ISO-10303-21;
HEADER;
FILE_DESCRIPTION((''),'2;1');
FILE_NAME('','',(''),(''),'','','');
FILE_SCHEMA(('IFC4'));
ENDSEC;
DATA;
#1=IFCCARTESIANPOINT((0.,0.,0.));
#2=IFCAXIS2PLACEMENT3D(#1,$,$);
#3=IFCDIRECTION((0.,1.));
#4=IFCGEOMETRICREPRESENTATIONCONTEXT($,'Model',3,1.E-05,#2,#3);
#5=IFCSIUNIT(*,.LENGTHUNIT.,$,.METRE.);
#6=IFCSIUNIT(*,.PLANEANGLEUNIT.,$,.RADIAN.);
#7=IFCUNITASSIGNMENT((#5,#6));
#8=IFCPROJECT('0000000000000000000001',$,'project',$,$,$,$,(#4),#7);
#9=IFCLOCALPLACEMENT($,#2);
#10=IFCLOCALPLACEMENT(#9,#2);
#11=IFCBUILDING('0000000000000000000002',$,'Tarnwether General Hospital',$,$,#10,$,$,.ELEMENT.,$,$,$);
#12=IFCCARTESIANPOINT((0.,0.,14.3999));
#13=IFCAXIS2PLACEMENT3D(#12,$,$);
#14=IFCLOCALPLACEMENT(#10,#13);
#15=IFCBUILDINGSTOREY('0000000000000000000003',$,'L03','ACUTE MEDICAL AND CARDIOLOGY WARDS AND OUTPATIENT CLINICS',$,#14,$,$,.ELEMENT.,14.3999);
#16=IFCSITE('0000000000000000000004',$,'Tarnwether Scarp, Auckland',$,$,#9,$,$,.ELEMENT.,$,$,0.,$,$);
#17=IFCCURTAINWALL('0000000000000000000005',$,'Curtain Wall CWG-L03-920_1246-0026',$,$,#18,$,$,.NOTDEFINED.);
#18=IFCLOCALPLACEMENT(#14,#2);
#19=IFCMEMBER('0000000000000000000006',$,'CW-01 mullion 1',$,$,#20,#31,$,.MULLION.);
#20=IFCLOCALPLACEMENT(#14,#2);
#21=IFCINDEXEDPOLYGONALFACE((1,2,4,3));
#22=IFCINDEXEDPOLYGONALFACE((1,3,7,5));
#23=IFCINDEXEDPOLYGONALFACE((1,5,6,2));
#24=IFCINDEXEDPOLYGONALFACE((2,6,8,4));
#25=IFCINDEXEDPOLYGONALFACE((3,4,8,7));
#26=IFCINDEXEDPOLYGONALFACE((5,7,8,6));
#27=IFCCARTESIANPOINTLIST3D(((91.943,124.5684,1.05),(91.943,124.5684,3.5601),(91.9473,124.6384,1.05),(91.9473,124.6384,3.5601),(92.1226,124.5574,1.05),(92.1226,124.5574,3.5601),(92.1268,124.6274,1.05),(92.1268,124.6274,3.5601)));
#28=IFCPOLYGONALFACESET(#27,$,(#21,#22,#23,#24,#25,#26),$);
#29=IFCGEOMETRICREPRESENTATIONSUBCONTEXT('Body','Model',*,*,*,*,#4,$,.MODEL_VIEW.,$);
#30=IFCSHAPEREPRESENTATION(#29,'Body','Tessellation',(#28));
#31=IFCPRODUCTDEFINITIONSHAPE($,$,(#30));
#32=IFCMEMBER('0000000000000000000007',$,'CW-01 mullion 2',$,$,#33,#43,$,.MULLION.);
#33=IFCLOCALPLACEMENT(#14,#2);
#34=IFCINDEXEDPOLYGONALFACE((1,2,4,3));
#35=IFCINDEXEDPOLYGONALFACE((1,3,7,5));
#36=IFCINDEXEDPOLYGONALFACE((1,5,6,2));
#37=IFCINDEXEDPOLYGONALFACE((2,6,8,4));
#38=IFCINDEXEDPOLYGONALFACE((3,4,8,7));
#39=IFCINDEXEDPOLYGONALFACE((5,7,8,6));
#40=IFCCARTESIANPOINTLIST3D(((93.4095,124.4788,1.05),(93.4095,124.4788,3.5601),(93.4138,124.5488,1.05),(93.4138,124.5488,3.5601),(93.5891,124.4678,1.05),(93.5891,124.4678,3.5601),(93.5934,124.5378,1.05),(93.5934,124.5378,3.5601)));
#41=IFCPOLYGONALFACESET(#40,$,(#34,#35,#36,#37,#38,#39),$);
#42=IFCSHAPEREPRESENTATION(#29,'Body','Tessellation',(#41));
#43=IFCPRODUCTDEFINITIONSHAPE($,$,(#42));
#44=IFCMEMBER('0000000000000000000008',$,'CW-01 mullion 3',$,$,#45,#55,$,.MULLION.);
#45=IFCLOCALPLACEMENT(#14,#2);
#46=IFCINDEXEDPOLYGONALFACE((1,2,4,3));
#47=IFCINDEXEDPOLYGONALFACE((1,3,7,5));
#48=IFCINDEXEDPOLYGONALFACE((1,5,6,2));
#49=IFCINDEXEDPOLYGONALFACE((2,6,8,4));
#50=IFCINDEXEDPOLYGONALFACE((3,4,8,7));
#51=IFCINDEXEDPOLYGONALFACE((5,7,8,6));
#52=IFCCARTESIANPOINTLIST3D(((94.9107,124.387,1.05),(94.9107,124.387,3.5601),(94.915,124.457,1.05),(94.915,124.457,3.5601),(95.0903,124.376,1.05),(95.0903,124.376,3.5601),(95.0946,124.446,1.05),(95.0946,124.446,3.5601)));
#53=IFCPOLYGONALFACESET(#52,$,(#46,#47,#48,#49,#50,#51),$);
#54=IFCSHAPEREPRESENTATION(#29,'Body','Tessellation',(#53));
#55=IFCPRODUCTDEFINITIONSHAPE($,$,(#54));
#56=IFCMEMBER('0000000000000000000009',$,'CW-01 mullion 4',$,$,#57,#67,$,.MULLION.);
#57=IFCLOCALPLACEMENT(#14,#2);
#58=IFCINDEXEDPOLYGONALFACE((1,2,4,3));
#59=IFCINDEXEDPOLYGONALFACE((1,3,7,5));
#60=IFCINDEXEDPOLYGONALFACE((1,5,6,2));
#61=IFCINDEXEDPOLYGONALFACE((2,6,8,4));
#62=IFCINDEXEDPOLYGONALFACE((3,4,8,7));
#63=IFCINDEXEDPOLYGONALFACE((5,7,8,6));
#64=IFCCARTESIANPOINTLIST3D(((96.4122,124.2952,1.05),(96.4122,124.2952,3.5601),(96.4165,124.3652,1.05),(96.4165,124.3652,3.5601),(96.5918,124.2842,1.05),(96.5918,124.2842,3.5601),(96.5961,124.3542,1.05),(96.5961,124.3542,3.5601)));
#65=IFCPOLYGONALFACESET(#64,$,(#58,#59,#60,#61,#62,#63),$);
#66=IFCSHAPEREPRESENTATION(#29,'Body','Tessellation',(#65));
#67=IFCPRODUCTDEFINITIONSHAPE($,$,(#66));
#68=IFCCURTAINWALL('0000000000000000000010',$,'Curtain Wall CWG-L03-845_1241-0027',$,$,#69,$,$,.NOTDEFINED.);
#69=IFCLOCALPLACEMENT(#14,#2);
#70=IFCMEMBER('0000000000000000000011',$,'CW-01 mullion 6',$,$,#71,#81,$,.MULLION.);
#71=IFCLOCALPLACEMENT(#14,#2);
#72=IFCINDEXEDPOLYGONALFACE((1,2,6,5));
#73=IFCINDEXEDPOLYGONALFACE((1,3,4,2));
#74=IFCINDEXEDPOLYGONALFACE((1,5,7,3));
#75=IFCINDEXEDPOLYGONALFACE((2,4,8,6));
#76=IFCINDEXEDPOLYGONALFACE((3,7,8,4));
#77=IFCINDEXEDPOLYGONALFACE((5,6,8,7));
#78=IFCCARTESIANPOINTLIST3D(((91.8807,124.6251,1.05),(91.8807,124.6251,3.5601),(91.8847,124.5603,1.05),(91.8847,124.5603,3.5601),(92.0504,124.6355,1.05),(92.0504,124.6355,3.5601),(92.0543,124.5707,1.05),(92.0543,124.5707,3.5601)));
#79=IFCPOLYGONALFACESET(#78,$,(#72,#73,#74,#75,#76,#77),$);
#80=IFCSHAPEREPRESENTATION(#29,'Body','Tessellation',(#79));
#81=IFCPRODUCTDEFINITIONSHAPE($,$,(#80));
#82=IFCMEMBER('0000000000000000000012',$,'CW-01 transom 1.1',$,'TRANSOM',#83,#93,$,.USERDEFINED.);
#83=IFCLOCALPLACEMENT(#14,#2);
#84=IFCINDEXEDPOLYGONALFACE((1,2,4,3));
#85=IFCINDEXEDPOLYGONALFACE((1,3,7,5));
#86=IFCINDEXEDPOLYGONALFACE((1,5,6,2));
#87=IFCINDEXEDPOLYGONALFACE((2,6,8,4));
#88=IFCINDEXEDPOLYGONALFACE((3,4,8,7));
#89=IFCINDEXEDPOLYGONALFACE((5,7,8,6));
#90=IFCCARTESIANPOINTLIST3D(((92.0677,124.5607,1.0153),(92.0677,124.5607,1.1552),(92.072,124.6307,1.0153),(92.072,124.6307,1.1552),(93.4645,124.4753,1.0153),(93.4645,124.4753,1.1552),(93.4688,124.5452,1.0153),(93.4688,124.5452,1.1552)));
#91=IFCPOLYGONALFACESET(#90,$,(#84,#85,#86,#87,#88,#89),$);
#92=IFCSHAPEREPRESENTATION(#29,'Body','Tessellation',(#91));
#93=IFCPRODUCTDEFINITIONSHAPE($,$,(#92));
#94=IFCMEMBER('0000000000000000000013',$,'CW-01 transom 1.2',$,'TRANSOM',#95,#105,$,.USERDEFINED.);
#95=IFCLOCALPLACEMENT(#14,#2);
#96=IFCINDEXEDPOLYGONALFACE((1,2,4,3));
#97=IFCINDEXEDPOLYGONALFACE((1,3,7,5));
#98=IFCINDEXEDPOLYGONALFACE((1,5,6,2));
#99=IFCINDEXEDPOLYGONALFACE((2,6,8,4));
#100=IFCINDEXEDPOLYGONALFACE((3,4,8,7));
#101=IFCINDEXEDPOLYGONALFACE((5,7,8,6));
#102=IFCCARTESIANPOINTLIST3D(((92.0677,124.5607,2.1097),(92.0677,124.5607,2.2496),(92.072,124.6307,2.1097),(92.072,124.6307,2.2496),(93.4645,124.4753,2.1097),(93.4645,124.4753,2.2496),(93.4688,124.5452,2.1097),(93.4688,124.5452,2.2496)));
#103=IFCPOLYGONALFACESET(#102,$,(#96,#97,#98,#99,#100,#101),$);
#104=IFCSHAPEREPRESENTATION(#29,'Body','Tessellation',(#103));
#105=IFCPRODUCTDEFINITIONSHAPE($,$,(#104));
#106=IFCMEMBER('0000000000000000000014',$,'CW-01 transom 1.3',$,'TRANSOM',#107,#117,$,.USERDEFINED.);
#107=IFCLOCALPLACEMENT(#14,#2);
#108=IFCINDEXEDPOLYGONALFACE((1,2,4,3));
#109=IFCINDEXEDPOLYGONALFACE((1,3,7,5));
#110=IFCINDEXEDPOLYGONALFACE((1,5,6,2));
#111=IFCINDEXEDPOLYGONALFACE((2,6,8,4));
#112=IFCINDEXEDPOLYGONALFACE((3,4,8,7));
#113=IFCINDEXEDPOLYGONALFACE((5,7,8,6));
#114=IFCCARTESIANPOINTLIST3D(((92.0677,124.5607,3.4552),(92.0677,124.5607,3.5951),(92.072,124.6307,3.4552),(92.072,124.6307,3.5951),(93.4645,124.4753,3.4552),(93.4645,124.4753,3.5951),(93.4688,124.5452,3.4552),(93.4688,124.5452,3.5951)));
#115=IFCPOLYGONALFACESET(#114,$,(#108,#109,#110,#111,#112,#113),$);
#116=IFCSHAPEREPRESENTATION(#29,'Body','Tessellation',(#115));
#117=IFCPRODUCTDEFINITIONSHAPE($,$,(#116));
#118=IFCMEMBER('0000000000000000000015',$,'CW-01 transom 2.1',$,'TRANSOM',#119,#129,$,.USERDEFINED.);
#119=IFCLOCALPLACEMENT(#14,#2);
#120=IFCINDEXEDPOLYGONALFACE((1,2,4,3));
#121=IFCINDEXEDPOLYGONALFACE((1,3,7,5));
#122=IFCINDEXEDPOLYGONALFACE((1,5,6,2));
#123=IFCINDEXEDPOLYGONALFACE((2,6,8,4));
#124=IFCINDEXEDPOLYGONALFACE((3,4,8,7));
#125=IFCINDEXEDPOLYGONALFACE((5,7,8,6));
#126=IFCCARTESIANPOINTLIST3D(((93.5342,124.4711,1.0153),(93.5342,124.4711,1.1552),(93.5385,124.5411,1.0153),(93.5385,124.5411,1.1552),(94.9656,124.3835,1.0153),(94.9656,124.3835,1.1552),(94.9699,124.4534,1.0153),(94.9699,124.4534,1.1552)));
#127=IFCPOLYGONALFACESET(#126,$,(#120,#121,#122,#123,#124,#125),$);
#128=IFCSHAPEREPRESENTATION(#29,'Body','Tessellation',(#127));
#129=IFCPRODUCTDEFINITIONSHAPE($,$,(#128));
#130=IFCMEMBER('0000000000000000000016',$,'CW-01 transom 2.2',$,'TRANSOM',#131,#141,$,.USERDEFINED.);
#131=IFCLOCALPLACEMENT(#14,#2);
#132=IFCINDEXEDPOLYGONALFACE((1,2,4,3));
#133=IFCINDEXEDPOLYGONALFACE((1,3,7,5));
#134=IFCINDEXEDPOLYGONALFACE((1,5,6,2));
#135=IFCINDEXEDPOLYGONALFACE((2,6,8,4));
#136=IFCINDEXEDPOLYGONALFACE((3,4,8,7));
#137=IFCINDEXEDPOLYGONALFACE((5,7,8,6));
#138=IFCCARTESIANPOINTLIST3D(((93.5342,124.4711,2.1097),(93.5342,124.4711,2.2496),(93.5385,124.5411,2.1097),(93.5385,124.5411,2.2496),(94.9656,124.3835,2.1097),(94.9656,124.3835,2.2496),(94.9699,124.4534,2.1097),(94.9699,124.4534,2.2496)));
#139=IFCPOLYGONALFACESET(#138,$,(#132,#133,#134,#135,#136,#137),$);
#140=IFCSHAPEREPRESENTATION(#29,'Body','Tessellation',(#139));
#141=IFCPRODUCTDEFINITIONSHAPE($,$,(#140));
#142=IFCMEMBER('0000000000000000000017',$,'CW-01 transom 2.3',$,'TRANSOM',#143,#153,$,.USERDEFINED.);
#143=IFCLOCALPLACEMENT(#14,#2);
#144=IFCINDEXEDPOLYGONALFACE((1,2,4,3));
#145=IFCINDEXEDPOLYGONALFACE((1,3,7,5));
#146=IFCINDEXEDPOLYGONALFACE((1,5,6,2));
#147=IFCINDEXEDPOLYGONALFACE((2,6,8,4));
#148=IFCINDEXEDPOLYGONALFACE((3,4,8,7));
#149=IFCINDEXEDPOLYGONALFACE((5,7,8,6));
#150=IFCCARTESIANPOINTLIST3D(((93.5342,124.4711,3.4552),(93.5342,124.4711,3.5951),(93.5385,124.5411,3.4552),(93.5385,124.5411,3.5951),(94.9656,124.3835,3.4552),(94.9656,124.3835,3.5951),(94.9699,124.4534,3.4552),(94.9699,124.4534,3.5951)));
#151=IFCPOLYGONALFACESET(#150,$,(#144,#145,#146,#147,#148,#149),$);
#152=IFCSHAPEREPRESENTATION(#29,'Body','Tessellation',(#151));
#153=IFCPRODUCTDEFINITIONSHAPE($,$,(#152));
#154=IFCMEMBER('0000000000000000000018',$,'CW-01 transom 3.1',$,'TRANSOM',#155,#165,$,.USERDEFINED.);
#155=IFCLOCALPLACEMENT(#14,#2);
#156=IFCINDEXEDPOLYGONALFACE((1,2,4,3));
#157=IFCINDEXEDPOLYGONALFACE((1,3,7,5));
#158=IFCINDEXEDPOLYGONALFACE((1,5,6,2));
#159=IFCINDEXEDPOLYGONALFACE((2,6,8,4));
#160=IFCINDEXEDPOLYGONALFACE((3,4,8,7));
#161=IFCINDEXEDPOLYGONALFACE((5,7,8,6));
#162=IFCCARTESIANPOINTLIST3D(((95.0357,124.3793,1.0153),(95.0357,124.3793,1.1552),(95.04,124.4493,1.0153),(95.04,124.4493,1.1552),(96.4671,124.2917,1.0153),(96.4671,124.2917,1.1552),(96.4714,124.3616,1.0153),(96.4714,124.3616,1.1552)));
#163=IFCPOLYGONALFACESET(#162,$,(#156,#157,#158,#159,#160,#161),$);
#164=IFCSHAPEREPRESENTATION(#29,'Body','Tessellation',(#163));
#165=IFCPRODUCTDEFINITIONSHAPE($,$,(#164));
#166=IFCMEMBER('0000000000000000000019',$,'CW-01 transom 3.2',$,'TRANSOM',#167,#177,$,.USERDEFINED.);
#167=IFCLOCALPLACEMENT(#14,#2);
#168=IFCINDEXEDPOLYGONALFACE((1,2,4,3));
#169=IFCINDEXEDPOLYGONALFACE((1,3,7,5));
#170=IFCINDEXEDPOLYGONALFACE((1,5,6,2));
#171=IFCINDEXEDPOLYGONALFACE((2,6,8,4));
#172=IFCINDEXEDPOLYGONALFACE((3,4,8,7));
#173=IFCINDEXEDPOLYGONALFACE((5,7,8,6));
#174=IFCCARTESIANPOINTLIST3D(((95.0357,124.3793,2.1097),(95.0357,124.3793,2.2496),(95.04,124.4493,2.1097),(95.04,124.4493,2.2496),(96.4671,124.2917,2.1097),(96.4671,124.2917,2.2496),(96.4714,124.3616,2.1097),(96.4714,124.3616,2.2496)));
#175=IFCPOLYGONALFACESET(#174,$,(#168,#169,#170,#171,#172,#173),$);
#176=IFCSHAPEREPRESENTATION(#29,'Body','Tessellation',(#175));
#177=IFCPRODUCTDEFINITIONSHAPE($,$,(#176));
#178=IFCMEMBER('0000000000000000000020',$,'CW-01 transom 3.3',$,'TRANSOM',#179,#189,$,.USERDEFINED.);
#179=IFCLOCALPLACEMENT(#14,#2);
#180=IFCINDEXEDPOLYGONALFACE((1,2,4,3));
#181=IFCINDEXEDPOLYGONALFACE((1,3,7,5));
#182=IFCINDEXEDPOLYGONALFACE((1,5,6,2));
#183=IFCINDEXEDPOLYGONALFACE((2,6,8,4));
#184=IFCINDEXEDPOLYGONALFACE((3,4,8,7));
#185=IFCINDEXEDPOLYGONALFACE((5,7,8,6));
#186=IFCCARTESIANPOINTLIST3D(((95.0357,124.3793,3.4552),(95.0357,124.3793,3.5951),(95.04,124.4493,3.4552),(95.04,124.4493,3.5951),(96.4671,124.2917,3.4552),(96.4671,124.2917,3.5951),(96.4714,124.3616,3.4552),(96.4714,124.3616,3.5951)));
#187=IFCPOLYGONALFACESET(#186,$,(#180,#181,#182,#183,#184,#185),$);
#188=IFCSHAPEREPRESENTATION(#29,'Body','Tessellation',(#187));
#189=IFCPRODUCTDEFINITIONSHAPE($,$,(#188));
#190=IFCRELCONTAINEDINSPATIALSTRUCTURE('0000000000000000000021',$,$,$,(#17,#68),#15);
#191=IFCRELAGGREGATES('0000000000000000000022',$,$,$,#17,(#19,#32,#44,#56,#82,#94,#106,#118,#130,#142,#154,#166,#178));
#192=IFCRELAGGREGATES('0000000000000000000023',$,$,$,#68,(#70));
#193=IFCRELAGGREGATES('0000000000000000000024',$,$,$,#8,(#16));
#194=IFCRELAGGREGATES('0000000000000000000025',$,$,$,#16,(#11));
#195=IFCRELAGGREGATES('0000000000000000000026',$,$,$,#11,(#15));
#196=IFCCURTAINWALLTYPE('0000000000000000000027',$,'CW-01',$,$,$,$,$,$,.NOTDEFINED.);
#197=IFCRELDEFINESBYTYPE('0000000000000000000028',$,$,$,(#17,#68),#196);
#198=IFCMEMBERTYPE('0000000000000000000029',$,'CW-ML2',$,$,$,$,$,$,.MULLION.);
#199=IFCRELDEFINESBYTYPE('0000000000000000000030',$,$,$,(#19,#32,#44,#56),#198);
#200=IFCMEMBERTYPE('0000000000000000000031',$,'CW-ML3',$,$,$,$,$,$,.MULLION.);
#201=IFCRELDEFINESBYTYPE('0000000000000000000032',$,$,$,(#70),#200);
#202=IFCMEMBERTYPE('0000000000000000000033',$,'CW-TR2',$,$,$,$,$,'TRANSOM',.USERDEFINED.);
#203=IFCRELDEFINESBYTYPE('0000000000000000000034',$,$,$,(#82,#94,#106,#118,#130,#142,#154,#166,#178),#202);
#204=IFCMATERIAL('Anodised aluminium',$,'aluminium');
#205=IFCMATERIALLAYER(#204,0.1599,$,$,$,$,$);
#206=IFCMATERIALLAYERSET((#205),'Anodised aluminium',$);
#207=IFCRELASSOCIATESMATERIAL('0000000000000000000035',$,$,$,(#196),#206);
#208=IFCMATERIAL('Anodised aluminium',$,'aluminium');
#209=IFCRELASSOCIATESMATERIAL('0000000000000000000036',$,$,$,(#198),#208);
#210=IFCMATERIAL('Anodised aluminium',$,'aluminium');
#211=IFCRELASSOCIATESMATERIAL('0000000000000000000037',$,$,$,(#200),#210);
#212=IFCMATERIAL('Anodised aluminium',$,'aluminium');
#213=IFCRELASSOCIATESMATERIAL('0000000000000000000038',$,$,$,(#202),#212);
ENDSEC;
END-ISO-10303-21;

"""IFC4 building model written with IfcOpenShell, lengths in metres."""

from ifc_helpers import new_model, si_unit, direction, frame, origin, origin_2d, place, context, subcontext, project, spatial, rectangle, extrude, material, layer, layer_set, material_profile, profile_set, type_object, element, aggregate, save


model = new_model("IFC4")

# Units and contexts
model_context = context("Model", 3, precision=1e-05, world=origin(), true_north=direction((0.0, 1.0)))
body_context = subcontext(model_context, "Body", "Model", "MODEL_VIEW")
ifc_project = project(units=[si_unit("LENGTHUNIT", "METRE"), si_unit("PLANEANGLEUNIT", "RADIAN")], contexts=[model_context])

# Site, building, storey
site_placement = place(None, origin())
site = spatial("IfcSite", under=ifc_project, at=site_placement, Name="Tarnwether Scarp, Auckland", CompositionType="ELEMENT", RefElevation=0.0)
building_placement = place(site_placement, origin())
building = spatial("IfcBuilding", under=site, at=building_placement, Name="Tarnwether General Hospital", CompositionType="ELEMENT")
storey_placement = place(building_placement, frame((0.0, 0.0, 14.3999)))
storey = spatial("IfcBuildingStorey", under=building, at=storey_placement, Name="L03", Description="ACUTE MEDICAL AND CARDIOLOGY WARDS AND OUTPATIENT CLINICS", CompositionType="ELEMENT", Elevation=14.3999)

# Curtain wall, members
ifc_material_1 = material(Name="Anodised aluminium", Category="aluminium")
ifc_layer_1 = layer(ifc_material_1, 0.1599)
ifc_layer_set_1 = layer_set([ifc_layer_1], Name="Anodised aluminium")
curtain_wall_type = type_object("IfcCurtainWallType", Name="CW-01", PredefinedType="NOTDEFINED", material=ifc_layer_set_1)
curtain_wall_1_placement = place(storey_placement, origin())
curtain_wall_1 = element("IfcCurtainWall", 1, at=curtain_wall_1_placement, inside=storey, type_object=curtain_wall_type, Name="Curtain Wall CWG-L03-920_1246-0026", PredefinedType="NOTDEFINED")
ifc_material_2 = material(Name="Anodised aluminium", Category="aluminium")
ifc_material_profile_1 = material_profile(ifc_material_2, rectangle(XDim=0.0701, YDim=0.1799, at=origin_2d()), Name="ALU-MUL-70x180")
ifc_profile_set_1 = profile_set([ifc_material_profile_1], Name="Anodised aluminium")
member_type_1 = type_object("IfcMemberType", Name="CW-ML2", PredefinedType="MULLION", material=ifc_profile_set_1)
member_1_placement = place(storey_placement, frame((92.0349, 124.5979, 1.05), z_axis=(0.0, 0.0, 1.0), x_axis=(0.061029, 0.998136, 0.0)))
member_1 = element("IfcMember", 2, at=member_1_placement, type_object=member_type_1, Name="CW-01 mullion 1", PredefinedType="MULLION", context=body_context, shape_type="SweptSolid", body=[
    extrude(rectangle(XDim=0.0701, YDim=0.1799, at=origin_2d()), origin(), (0.0, 0.0, 1.0), 2.51),
])
member_2_placement = place(storey_placement, frame((93.5015, 124.5083, 1.05), z_axis=(0.0, 0.0, 1.0), x_axis=(0.061029, 0.998136, 0.0)))
member_2 = element("IfcMember", 3, at=member_2_placement, type_object=member_type_1, Name="CW-01 mullion 2", PredefinedType="MULLION", context=body_context, shape_type="SweptSolid", body=[
    extrude(rectangle(XDim=0.0701, YDim=0.1799, at=origin_2d()), origin(), (0.0, 0.0, 1.0), 2.51),
])
member_3_placement = place(storey_placement, frame((95.0027, 124.4165, 1.05), z_axis=(0.0, 0.0, 1.0), x_axis=(0.061029, 0.998136, 0.0)))
member_3 = element("IfcMember", 4, at=member_3_placement, type_object=member_type_1, Name="CW-01 mullion 3", PredefinedType="MULLION", context=body_context, shape_type="SweptSolid", body=[
    extrude(rectangle(XDim=0.0701, YDim=0.1799, at=origin_2d()), origin(), (0.0, 0.0, 1.0), 2.51),
])
member_4_placement = place(storey_placement, frame((96.5042, 124.3247, 1.05), z_axis=(0.0, 0.0, 1.0), x_axis=(0.061029, 0.998136, 0.0)))
member_4 = element("IfcMember", 5, at=member_4_placement, type_object=member_type_1, Name="CW-01 mullion 4", PredefinedType="MULLION", context=body_context, shape_type="SweptSolid", body=[
    extrude(rectangle(XDim=0.0701, YDim=0.1799, at=origin_2d()), origin(), (0.0, 0.0, 1.0), 2.51),
])

# Curtain wall, member
curtain_wall_2_placement = place(storey_placement, origin())
curtain_wall_2 = element("IfcCurtainWall", 6, at=curtain_wall_2_placement, inside=storey, type_object=curtain_wall_type, Name="Curtain Wall CWG-L03-845_1241-0027", PredefinedType="NOTDEFINED")
ifc_material_3 = material(Name="Anodised aluminium", Category="aluminium")
ifc_material_profile_2 = material_profile(ifc_material_3, rectangle(XDim=0.0649, YDim=0.1699, at=origin_2d()), Name="ALU-MUL-65x170")
ifc_profile_set_2 = profile_set([ifc_material_profile_2], Name="Anodised aluminium")
member_type_2 = type_object("IfcMemberType", Name="CW-ML3", PredefinedType="MULLION", material=ifc_profile_set_2)
member_5_placement = place(storey_placement, frame((91.9675, 124.5979, 1.05), z_axis=(0.0, 0.0, 1.0), x_axis=(-0.061029, 0.998136, 0.0)))
member_5 = element("IfcMember", 7, at=member_5_placement, type_object=member_type_2, Name="CW-01 mullion 6", PredefinedType="MULLION", context=body_context, shape_type="SweptSolid", body=[
    extrude(rectangle(XDim=0.0649, YDim=0.1699, at=origin_2d()), origin(), (0.0, 0.0, 1.0), 2.51),
])

# Members
ifc_material_4 = material(Name="Anodised aluminium", Category="aluminium")
ifc_material_profile_3 = material_profile(ifc_material_4, rectangle(XDim=0.0701, YDim=0.1399, at=origin_2d()), Name="ALU-TRN-70x140")
ifc_profile_set_3 = profile_set([ifc_material_profile_3], Name="Anodised aluminium")
member_type_3 = type_object("IfcMemberType", Name="CW-TR2", ElementType="TRANSOM", PredefinedType="USERDEFINED", material=ifc_profile_set_3)
member_6_placement = place(storey_placement, frame((92.0698, 124.5957, 1.0852), z_axis=(0.998134, -0.061064, 0.0), x_axis=(0.061064, 0.998134, 0.0)))
member_6 = element("IfcMember", 8, at=member_6_placement, type_object=member_type_3, Name="CW-01 transom 1.1", ObjectType="TRANSOM", PredefinedType="USERDEFINED", context=body_context, shape_type="SweptSolid", body=[
    extrude(rectangle(XDim=0.0701, YDim=0.1399, at=origin_2d()), origin(), (0.0, 0.0, 1.0), 1.3994),
])
member_7_placement = place(storey_placement, frame((92.0698, 124.5957, 2.1797), z_axis=(0.998134, -0.061064, 0.0), x_axis=(0.061064, 0.998134, 0.0)))
member_7 = element("IfcMember", 9, at=member_7_placement, type_object=member_type_3, Name="CW-01 transom 1.2", ObjectType="TRANSOM", PredefinedType="USERDEFINED", context=body_context, shape_type="SweptSolid", body=[
    extrude(rectangle(XDim=0.0701, YDim=0.1399, at=origin_2d()), origin(), (0.0, 0.0, 1.0), 1.3994),
])
member_8_placement = place(storey_placement, frame((92.0698, 124.5957, 3.5251), z_axis=(0.998134, -0.061064, 0.0), x_axis=(0.061064, 0.998134, 0.0)))
member_8 = element("IfcMember", 10, at=member_8_placement, type_object=member_type_3, Name="CW-01 transom 1.3", ObjectType="TRANSOM", PredefinedType="USERDEFINED", context=body_context, shape_type="SweptSolid", body=[
    extrude(rectangle(XDim=0.0701, YDim=0.1399, at=origin_2d()), origin(), (0.0, 0.0, 1.0), 1.3994),
])
member_9_placement = place(storey_placement, frame((93.5364, 124.5061, 1.0852), z_axis=(0.998131, -0.061117, 0.0), x_axis=(0.061117, 0.998131, 0.0)))
member_9 = element("IfcMember", 11, at=member_9_placement, type_object=member_type_3, Name="CW-01 transom 2.1", ObjectType="TRANSOM", PredefinedType="USERDEFINED", context=body_context, shape_type="SweptSolid", body=[
    extrude(rectangle(XDim=0.0701, YDim=0.1399, at=origin_2d()), origin(), (0.0, 0.0, 1.0), 1.4341),
])
member_10_placement = place(storey_placement, frame((93.5364, 124.5061, 2.1797), z_axis=(0.998131, -0.061117, 0.0), x_axis=(0.061117, 0.998131, 0.0)))
member_10 = element("IfcMember", 12, at=member_10_placement, type_object=member_type_3, Name="CW-01 transom 2.2", ObjectType="TRANSOM", PredefinedType="USERDEFINED", context=body_context, shape_type="SweptSolid", body=[
    extrude(rectangle(XDim=0.0701, YDim=0.1399, at=origin_2d()), origin(), (0.0, 0.0, 1.0), 1.4341),
])
member_11_placement = place(storey_placement, frame((93.5364, 124.5061, 3.5251), z_axis=(0.998131, -0.061117, 0.0), x_axis=(0.061117, 0.998131, 0.0)))
member_11 = element("IfcMember", 13, at=member_11_placement, type_object=member_type_3, Name="CW-01 transom 2.3", ObjectType="TRANSOM", PredefinedType="USERDEFINED", context=body_context, shape_type="SweptSolid", body=[
    extrude(rectangle(XDim=0.0701, YDim=0.1399, at=origin_2d()), origin(), (0.0, 0.0, 1.0), 1.4341),
])
member_12_placement = place(storey_placement, frame((95.0378, 124.4143, 1.0852), z_axis=(0.998131, -0.061117, 0.0), x_axis=(0.061117, 0.998131, 0.0)))
member_12 = element("IfcMember", 14, at=member_12_placement, type_object=member_type_3, Name="CW-01 transom 3.1", ObjectType="TRANSOM", PredefinedType="USERDEFINED", context=body_context, shape_type="SweptSolid", body=[
    extrude(rectangle(XDim=0.0701, YDim=0.1399, at=origin_2d()), origin(), (0.0, 0.0, 1.0), 1.4341),
])
member_13_placement = place(storey_placement, frame((95.0378, 124.4143, 2.1797), z_axis=(0.998131, -0.061117, 0.0), x_axis=(0.061117, 0.998131, 0.0)))
member_13 = element("IfcMember", 15, at=member_13_placement, type_object=member_type_3, Name="CW-01 transom 3.2", ObjectType="TRANSOM", PredefinedType="USERDEFINED", context=body_context, shape_type="SweptSolid", body=[
    extrude(rectangle(XDim=0.0701, YDim=0.1399, at=origin_2d()), origin(), (0.0, 0.0, 1.0), 1.4341),
])
member_14_placement = place(storey_placement, frame((95.0378, 124.4143, 3.5251), z_axis=(0.998131, -0.061117, 0.0), x_axis=(0.061117, 0.998131, 0.0)))
member_14 = element("IfcMember", 16, at=member_14_placement, type_object=member_type_3, Name="CW-01 transom 3.3", ObjectType="TRANSOM", PredefinedType="USERDEFINED", context=body_context, shape_type="SweptSolid", body=[
    extrude(rectangle(XDim=0.0701, YDim=0.1399, at=origin_2d()), origin(), (0.0, 0.0, 1.0), 1.4341),
])

aggregate(curtain_wall_1, [member_1, member_2, member_3, member_4, member_6, member_7, member_8, member_9, member_10, member_11, member_12, member_13, member_14])
aggregate(curtain_wall_2, [member_5])

save(model, "model.ifc")
